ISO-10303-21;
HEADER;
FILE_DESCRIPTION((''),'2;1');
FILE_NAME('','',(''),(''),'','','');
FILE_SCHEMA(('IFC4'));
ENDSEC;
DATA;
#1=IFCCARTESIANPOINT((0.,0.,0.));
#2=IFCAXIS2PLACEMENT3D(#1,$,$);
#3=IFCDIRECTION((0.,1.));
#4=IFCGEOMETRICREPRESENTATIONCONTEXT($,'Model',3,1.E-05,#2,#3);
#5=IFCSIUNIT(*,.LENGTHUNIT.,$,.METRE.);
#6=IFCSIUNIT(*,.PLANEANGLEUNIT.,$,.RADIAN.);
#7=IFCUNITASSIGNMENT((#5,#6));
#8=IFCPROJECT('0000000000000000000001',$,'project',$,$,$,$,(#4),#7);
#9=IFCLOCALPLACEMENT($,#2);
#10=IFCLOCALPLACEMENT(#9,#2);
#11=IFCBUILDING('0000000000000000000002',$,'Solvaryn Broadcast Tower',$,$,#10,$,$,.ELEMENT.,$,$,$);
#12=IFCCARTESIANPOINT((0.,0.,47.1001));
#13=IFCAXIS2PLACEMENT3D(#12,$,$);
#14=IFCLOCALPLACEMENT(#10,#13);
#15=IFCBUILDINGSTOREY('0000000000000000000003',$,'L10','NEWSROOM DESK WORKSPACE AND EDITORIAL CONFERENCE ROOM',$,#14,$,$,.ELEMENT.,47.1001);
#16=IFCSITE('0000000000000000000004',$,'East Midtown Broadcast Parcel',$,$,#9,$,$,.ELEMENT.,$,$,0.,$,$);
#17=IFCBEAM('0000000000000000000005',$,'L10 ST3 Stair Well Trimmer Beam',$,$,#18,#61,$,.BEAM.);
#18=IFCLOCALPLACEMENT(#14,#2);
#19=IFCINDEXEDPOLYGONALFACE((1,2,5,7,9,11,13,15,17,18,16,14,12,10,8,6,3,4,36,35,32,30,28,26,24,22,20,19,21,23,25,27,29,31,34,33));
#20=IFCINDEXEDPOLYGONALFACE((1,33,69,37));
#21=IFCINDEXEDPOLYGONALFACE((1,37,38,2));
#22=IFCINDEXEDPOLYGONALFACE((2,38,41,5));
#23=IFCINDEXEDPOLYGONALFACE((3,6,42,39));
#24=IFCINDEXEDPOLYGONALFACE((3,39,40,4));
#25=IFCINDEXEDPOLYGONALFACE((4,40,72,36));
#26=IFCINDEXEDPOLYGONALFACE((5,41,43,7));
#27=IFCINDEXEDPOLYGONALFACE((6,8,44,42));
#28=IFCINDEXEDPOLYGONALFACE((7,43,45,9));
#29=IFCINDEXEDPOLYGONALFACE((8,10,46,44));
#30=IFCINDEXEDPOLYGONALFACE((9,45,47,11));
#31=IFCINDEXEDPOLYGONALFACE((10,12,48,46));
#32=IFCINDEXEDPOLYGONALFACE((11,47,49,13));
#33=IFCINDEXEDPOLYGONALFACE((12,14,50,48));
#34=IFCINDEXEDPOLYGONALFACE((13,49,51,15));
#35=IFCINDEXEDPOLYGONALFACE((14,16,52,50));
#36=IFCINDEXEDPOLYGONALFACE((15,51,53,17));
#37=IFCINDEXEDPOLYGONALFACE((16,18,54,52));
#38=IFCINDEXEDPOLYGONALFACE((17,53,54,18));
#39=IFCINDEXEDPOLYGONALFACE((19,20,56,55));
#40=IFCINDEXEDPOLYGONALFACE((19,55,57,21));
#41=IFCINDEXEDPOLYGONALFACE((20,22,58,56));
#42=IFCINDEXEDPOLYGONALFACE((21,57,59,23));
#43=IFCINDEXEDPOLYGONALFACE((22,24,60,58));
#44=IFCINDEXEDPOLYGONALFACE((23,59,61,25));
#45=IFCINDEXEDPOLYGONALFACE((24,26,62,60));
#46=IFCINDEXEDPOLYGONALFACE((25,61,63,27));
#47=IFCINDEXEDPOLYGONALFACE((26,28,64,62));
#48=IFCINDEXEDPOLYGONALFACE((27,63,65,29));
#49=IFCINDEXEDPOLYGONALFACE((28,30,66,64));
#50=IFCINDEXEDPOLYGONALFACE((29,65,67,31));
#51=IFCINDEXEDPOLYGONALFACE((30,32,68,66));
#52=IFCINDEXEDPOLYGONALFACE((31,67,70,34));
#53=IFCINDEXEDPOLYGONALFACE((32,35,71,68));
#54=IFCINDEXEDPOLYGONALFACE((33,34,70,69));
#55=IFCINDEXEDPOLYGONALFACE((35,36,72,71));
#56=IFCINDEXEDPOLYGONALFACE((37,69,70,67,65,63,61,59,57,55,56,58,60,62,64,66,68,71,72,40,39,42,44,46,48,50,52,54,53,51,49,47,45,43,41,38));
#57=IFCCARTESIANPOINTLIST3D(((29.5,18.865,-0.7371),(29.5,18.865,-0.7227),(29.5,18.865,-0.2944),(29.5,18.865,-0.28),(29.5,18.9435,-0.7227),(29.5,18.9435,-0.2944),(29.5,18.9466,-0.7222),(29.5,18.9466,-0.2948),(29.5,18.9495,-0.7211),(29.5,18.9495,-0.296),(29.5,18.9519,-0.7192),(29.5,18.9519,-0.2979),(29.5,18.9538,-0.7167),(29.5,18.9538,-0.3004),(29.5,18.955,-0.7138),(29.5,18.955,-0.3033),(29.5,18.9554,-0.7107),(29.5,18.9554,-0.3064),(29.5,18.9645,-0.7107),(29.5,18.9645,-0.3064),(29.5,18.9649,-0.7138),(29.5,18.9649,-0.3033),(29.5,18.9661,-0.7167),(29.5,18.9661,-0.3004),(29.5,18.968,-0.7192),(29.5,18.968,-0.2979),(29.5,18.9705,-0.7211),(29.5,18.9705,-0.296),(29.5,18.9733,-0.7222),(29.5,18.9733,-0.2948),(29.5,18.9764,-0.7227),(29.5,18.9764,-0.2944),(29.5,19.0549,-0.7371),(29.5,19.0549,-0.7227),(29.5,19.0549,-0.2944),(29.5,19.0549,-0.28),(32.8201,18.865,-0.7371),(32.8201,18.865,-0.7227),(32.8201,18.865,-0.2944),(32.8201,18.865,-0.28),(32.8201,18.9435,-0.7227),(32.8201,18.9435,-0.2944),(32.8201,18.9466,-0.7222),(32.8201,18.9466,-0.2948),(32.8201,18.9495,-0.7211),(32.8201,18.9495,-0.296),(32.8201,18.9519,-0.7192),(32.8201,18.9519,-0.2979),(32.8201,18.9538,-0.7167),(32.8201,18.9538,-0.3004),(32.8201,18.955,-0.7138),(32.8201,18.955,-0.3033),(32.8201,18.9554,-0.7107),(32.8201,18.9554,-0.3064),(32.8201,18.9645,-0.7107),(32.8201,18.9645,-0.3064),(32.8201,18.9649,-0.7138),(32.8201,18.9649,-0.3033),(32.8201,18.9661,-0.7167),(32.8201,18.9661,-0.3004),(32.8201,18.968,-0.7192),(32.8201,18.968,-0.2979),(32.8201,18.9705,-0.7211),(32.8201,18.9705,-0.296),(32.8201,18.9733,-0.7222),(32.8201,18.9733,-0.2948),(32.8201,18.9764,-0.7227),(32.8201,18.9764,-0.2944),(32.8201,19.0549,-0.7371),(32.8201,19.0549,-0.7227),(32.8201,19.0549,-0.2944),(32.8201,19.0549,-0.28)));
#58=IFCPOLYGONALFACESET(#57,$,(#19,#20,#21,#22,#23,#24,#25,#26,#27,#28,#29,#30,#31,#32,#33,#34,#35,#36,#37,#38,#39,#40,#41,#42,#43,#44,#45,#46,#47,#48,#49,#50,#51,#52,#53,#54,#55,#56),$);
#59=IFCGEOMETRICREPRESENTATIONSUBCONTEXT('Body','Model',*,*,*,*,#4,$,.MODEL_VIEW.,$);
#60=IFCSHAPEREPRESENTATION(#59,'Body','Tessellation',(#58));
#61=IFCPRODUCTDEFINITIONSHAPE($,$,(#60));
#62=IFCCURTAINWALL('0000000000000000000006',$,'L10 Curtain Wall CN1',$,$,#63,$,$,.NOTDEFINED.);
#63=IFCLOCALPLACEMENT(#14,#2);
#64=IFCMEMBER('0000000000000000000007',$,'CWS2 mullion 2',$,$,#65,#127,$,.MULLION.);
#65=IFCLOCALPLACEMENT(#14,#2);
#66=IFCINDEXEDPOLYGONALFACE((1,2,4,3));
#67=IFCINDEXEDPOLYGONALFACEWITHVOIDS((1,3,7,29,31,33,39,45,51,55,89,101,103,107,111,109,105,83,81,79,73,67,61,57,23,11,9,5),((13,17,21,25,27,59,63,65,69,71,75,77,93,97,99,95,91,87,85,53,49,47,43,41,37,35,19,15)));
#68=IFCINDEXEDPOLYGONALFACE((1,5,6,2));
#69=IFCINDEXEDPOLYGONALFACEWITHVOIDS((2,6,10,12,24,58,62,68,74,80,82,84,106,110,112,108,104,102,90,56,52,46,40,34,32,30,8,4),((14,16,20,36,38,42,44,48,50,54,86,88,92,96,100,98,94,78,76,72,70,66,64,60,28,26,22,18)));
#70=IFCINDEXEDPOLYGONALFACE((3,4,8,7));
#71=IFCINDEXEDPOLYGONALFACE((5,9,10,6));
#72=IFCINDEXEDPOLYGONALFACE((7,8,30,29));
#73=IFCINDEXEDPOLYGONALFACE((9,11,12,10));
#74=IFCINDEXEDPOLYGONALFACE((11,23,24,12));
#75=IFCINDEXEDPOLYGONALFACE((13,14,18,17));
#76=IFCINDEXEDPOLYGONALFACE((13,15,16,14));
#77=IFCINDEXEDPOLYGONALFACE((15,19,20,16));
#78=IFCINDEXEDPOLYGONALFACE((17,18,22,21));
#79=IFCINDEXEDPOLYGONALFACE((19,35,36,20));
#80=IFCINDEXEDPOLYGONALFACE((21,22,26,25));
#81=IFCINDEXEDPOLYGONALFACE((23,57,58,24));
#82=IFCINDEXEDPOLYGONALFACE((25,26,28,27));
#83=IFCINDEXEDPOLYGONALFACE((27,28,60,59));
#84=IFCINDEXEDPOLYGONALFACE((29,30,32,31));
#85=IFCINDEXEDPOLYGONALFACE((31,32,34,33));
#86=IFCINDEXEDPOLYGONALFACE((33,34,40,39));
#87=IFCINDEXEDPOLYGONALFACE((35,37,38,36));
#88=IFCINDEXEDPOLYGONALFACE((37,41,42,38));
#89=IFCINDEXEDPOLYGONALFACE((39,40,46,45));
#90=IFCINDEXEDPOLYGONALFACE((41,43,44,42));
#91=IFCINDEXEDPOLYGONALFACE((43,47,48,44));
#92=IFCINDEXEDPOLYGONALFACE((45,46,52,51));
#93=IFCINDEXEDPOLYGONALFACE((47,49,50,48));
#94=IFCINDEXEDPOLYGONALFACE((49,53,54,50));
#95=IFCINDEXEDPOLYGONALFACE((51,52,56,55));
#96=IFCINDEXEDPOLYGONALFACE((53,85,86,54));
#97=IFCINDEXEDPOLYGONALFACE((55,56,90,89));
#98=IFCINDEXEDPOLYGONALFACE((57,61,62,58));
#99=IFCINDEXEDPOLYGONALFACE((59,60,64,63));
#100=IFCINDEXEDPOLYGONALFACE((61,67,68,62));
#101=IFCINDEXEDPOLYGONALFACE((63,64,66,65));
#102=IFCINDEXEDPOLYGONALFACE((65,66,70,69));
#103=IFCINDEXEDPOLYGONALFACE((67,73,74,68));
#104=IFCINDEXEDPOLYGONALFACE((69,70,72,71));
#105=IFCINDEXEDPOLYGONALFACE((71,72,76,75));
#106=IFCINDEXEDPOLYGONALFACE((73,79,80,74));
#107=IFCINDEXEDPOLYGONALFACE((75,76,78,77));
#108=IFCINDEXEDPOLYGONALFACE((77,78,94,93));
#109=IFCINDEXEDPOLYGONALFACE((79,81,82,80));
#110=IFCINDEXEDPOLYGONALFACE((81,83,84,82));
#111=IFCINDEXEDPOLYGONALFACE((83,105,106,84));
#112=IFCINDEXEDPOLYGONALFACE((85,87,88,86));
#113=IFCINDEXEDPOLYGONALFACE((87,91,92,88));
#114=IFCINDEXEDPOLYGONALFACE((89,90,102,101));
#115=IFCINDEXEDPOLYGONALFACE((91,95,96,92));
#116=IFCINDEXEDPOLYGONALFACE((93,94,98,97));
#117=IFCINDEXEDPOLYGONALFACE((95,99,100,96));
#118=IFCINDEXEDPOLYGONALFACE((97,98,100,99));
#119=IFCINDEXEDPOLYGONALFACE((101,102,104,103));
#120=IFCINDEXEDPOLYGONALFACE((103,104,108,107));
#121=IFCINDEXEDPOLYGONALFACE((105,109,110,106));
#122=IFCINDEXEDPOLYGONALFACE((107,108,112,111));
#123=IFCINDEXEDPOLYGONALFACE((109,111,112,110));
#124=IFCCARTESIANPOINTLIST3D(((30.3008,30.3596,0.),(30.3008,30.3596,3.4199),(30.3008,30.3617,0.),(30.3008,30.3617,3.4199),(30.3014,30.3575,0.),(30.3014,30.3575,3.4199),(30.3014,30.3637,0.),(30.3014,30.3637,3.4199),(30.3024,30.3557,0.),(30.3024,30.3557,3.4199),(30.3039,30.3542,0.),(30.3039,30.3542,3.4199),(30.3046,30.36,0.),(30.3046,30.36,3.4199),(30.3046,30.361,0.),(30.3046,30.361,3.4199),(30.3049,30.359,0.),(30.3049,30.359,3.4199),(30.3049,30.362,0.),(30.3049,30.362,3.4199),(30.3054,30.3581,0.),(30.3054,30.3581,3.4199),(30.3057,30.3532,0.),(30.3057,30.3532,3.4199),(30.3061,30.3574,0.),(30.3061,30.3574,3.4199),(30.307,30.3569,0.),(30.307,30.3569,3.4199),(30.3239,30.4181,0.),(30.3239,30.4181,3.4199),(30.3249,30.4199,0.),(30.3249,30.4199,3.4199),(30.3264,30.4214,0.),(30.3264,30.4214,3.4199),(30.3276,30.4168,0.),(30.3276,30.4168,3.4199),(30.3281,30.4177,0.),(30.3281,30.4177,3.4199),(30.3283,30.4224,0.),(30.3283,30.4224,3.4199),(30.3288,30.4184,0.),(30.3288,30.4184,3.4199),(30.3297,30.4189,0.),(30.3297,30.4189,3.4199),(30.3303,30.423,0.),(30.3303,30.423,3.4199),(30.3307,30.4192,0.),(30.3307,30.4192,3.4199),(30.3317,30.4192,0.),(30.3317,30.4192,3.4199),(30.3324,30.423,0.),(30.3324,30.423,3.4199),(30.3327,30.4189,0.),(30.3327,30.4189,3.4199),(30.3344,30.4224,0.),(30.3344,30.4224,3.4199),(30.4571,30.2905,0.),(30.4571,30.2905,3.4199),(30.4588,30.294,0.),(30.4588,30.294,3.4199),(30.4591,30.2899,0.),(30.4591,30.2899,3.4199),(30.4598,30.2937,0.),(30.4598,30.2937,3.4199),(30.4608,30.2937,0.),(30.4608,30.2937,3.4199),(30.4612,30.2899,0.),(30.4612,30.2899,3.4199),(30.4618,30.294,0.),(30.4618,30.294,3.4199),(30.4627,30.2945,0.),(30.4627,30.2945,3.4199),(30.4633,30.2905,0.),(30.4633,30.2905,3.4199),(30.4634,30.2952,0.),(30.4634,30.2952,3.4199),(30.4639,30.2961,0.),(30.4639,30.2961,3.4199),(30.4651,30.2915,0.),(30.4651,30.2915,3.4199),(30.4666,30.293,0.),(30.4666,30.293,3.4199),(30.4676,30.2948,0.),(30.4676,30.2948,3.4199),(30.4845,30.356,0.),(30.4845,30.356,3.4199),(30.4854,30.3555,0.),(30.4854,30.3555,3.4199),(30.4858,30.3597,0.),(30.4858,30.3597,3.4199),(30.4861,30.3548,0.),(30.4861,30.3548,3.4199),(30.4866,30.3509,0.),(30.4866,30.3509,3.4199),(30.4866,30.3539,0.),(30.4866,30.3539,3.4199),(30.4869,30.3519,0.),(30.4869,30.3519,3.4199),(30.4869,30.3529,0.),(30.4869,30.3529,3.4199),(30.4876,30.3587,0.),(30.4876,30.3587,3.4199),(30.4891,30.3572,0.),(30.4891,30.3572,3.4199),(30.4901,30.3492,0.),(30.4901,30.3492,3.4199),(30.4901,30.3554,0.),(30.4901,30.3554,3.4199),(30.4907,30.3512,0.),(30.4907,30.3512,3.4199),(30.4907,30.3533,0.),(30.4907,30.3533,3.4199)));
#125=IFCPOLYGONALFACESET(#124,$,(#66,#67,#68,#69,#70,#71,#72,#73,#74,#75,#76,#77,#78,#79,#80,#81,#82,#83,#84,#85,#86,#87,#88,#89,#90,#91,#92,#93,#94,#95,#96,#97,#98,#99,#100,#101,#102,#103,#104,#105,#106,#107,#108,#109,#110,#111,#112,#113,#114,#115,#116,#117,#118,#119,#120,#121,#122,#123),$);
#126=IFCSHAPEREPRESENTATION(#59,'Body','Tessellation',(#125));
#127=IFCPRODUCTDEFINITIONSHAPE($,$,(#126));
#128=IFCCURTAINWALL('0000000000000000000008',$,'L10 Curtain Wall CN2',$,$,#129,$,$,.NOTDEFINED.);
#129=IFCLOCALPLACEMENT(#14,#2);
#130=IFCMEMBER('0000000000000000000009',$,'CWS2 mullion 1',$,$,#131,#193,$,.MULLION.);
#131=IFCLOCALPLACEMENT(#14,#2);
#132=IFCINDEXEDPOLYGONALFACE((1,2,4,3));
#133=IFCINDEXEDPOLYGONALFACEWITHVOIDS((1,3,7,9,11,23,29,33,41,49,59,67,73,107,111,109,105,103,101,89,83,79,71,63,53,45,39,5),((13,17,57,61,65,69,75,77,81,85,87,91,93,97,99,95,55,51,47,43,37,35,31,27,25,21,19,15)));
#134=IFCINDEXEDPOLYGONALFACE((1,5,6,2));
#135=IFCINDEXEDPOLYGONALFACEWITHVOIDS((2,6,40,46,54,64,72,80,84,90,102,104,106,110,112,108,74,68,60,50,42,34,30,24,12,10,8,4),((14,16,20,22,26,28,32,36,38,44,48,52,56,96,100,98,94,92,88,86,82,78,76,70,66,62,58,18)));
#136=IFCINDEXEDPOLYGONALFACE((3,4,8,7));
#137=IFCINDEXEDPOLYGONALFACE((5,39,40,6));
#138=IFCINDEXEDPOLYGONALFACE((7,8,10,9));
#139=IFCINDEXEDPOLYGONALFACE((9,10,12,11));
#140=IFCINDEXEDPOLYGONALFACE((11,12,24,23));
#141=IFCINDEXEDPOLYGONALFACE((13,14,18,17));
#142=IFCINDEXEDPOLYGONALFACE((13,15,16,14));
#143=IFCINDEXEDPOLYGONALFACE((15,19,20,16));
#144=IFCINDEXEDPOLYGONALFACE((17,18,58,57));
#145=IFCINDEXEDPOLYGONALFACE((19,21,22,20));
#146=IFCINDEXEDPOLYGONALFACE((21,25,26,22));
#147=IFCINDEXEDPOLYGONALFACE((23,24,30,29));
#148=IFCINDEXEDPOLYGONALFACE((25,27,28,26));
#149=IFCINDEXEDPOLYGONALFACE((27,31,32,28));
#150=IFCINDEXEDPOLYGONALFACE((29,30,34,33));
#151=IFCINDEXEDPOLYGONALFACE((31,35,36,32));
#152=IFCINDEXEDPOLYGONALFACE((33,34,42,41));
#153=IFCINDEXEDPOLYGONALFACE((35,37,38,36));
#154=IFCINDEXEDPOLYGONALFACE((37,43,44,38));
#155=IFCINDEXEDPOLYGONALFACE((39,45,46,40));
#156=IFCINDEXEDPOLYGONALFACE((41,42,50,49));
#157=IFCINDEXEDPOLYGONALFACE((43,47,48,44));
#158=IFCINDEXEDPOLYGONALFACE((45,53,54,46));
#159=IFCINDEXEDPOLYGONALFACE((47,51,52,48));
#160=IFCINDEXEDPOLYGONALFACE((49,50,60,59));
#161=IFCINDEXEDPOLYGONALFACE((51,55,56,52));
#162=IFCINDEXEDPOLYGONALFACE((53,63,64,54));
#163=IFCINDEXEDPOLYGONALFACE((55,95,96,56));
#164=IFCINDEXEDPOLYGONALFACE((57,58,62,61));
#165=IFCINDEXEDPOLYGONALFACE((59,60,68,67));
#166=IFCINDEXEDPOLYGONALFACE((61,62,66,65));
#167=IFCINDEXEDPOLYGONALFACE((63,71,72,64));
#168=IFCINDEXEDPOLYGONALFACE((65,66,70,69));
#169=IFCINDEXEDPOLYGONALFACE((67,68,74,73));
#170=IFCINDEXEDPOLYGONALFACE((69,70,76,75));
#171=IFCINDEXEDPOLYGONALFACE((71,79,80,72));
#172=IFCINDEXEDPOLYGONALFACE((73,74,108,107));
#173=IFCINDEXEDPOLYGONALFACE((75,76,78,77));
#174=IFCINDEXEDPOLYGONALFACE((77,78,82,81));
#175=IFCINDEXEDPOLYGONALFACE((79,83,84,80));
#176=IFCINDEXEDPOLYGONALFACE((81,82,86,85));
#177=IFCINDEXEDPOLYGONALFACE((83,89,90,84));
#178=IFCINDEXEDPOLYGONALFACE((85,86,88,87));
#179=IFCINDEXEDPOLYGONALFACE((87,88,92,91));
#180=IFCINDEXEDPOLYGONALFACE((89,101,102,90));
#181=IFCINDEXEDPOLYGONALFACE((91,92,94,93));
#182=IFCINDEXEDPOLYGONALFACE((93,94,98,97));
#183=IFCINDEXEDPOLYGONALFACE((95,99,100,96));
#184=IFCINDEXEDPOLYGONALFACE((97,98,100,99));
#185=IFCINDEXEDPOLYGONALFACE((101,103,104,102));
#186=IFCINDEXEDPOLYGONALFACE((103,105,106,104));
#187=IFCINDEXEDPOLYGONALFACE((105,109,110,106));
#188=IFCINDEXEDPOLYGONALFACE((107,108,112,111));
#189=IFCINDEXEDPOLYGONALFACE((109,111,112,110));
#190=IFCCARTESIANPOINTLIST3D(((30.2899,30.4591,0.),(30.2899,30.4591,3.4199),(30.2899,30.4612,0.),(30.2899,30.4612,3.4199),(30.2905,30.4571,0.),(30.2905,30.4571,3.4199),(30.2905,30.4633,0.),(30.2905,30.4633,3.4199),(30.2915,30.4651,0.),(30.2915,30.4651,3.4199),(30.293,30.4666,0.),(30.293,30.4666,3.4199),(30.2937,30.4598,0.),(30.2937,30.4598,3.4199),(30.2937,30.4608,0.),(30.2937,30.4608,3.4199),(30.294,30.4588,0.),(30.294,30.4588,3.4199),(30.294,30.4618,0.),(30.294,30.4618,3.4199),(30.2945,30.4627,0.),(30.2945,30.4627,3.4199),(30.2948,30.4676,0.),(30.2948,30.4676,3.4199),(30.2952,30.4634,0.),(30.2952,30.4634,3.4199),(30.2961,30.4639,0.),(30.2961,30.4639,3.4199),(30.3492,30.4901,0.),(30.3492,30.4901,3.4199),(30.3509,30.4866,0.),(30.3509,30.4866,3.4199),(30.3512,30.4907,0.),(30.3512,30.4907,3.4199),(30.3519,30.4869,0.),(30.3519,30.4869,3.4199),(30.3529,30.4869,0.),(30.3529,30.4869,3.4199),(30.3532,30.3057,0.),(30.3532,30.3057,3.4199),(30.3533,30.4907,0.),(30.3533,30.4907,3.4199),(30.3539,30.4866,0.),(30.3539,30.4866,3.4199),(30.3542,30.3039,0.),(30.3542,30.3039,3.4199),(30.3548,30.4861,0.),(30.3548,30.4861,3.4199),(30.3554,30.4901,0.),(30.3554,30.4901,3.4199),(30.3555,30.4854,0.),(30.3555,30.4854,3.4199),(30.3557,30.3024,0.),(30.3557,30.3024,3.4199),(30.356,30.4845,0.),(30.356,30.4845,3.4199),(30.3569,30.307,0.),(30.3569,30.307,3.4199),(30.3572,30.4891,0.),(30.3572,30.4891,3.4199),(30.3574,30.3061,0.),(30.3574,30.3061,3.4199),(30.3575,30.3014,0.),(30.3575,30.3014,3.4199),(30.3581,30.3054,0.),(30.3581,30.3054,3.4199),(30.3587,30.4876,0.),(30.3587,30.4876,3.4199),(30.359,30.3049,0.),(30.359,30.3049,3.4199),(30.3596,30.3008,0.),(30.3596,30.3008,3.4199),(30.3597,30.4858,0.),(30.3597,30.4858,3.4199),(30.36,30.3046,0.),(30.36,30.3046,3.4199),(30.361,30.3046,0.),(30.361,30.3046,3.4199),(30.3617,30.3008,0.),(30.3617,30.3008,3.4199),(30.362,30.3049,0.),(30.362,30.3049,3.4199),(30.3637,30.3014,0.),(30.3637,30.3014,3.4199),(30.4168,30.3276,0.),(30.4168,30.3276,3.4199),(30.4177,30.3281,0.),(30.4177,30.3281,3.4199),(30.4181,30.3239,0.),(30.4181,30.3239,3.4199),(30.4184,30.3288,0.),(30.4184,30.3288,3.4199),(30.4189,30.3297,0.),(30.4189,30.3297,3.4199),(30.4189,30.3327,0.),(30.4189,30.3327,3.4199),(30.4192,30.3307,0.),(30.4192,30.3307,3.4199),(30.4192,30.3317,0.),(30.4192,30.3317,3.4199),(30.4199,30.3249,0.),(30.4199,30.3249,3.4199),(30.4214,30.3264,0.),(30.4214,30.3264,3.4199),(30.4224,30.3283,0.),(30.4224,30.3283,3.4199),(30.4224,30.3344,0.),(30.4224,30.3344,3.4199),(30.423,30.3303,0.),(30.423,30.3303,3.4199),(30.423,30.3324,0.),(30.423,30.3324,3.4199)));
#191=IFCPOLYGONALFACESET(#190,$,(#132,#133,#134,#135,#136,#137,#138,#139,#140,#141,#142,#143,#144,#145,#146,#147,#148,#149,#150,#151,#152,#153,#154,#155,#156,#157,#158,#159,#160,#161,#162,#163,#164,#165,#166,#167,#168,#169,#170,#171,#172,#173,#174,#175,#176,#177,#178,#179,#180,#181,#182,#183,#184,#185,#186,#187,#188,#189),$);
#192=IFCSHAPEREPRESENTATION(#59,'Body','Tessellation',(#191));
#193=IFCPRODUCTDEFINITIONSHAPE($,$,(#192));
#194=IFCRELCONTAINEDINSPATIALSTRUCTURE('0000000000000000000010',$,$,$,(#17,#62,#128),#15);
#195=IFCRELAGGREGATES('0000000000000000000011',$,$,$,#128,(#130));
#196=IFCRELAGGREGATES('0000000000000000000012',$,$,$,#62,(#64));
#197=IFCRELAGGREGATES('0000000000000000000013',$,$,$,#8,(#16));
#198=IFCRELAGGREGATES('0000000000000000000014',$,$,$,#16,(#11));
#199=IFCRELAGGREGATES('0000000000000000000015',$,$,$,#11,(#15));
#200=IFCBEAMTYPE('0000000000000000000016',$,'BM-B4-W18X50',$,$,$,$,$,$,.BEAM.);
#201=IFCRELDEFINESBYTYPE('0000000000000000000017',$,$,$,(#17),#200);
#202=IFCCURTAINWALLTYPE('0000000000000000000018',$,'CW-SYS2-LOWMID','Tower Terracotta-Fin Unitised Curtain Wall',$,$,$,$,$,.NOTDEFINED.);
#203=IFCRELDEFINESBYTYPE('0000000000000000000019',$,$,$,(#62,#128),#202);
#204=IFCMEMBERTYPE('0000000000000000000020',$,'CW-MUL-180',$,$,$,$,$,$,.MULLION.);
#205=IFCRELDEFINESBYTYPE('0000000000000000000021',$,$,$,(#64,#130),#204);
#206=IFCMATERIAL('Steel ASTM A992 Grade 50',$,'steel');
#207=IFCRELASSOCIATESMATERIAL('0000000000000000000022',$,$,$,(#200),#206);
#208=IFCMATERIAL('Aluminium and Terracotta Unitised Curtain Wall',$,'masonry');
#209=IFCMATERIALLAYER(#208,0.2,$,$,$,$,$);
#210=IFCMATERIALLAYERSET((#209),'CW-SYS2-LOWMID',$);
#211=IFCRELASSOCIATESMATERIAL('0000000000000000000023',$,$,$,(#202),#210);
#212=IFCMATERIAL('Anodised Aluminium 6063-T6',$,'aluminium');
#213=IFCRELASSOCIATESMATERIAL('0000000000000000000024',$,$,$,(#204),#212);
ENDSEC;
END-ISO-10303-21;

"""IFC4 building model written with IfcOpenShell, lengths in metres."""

from ifc_helpers import new_model, si_unit, direction, frame, origin, origin_2d, place, context, subcontext, project, spatial, hollow_rectangle, i_section, extrude, material, layer, layer_set, material_profile, profile_set, type_object, element, aggregate, save


model = new_model("IFC4")

# Units and contexts
model_context = context("Model", 3, precision=1e-05, world=origin(), true_north=direction((0.0, 1.0)))
body_context = subcontext(model_context, "Body", "Model", "MODEL_VIEW")
ifc_project = project(units=[si_unit("LENGTHUNIT", "METRE"), si_unit("PLANEANGLEUNIT", "RADIAN")], contexts=[model_context])

# Site, building, storey
site_placement = place(None, origin())
site = spatial("IfcSite", under=ifc_project, at=site_placement, Name="East Midtown Broadcast Parcel", CompositionType="ELEMENT", RefElevation=0.0)
building_placement = place(site_placement, origin())
building = spatial("IfcBuilding", under=site, at=building_placement, Name="Solvaryn Broadcast Tower", CompositionType="ELEMENT")
storey_placement = place(building_placement, frame((0.0, 0.0, 47.1001)))
storey = spatial("IfcBuildingStorey", under=building, at=storey_placement, Name="L10", Description="NEWSROOM DESK WORKSPACE AND EDITORIAL CONFERENCE ROOM", CompositionType="ELEMENT", Elevation=47.1001)

# Beam
ifc_material_1 = material(Name="Steel ASTM A992 Grade 50", Category="steel")
ifc_material_profile_1 = material_profile(ifc_material_1, i_section(OverallWidth=0.1899, OverallDepth=0.457, WebThickness=0.009, FlangeThickness=0.0144, FilletRadius=0.012, at=origin_2d()))
ifc_profile_set_1 = profile_set([ifc_material_profile_1], Name="Steel ASTM A992 Grade 50")
beam_type_1 = type_object("IfcBeamType", Name="BM-B4-W18X50", PredefinedType="BEAM", material=ifc_profile_set_1)
beam_1_placement = place(storey_placement, frame((29.5, 18.96, -0.5085), z_axis=(1.0, 0.0, 0.0), x_axis=(0.0, 1.0, 0.0)))
element("IfcBeam", 1, at=beam_1_placement, inside=storey, type_object=beam_type_1, Name="L10 ST3 Stair Well Trimmer Beam", PredefinedType="BEAM", context=body_context, shape_type="SweptSolid", body=[
    extrude(i_section(OverallWidth=0.1899, OverallDepth=0.457, WebThickness=0.009, FlangeThickness=0.0144, FilletRadius=0.012, at=origin_2d()), origin(), (0.0, 0.0, 1.0), 3.3201),
])

# Curtain wall, member
ifc_material_2 = material(Name="Aluminium and Terracotta Unitised Curtain Wall", Category="masonry")
ifc_layer_1 = layer(ifc_material_2, 0.2)
ifc_layer_set_1 = layer_set([ifc_layer_1], Name="CW-SYS2-LOWMID")
curtain_wall_type = type_object("IfcCurtainWallType", Name="CW-SYS2-LOWMID", Description="Tower Terracotta-Fin Unitised Curtain Wall", PredefinedType="NOTDEFINED", material=ifc_layer_set_1)
curtain_wall_1_placement = place(storey_placement, origin())
curtain_wall_1 = element("IfcCurtainWall", 2, at=curtain_wall_1_placement, inside=storey, type_object=curtain_wall_type, Name="L10 Curtain Wall CN1", PredefinedType="NOTDEFINED")
ifc_material_3 = material(Name="Anodised Aluminium 6063-T6", Category="aluminium")
ifc_material_profile_2 = material_profile(ifc_material_3, hollow_rectangle(XDim=0.075, YDim=0.1799, WallThickness=0.0039, InnerFilletRadius=0.0039, OuterFilletRadius=0.0081, at=origin_2d()))
ifc_profile_set_2 = profile_set([ifc_material_profile_2], Name="Anodised Aluminium 6063-T6")
member_type_1 = type_object("IfcMemberType", Name="CW-MUL-180", PredefinedType="MULLION", material=ifc_profile_set_2)
member_1_placement = place(storey_placement, frame((30.3958, 30.3564, 0.0), z_axis=(0.0, 0.0, 1.0), x_axis=(-0.382646, -0.923895, 0.0)))
member_1 = element("IfcMember", 3, at=member_1_placement, type_object=member_type_1, Name="CWS2 mullion 2", PredefinedType="MULLION", context=body_context, shape_type="SweptSolid", body=[
    extrude(hollow_rectangle(XDim=0.075, YDim=0.1799, WallThickness=0.0039, InnerFilletRadius=0.0039, OuterFilletRadius=0.0081, at=origin_2d()), origin(), (0.0, 0.0, 1.0), 3.4199),
])

# Curtain wall, member
curtain_wall_2_placement = place(storey_placement, origin())
curtain_wall_2 = element("IfcCurtainWall", 4, at=curtain_wall_2_placement, inside=storey, type_object=curtain_wall_type, Name="L10 Curtain Wall CN2", PredefinedType="NOTDEFINED")
member_2_placement = place(storey_placement, frame((30.3564, 30.3958, 0.0), z_axis=(0.0, 0.0, 1.0), x_axis=(-0.923895, -0.382646, 0.0)))
member_2 = element("IfcMember", 5, at=member_2_placement, type_object=member_type_1, Name="CWS2 mullion 1", PredefinedType="MULLION", context=body_context, shape_type="SweptSolid", body=[
    extrude(hollow_rectangle(XDim=0.075, YDim=0.1799, WallThickness=0.0039, InnerFilletRadius=0.0039, OuterFilletRadius=0.0081, at=origin_2d()), origin(), (0.0, 0.0, 1.0), 3.4199),
])
aggregate(curtain_wall_2, [member_2])

aggregate(curtain_wall_1, [member_1])

save(model, "model.ifc")
